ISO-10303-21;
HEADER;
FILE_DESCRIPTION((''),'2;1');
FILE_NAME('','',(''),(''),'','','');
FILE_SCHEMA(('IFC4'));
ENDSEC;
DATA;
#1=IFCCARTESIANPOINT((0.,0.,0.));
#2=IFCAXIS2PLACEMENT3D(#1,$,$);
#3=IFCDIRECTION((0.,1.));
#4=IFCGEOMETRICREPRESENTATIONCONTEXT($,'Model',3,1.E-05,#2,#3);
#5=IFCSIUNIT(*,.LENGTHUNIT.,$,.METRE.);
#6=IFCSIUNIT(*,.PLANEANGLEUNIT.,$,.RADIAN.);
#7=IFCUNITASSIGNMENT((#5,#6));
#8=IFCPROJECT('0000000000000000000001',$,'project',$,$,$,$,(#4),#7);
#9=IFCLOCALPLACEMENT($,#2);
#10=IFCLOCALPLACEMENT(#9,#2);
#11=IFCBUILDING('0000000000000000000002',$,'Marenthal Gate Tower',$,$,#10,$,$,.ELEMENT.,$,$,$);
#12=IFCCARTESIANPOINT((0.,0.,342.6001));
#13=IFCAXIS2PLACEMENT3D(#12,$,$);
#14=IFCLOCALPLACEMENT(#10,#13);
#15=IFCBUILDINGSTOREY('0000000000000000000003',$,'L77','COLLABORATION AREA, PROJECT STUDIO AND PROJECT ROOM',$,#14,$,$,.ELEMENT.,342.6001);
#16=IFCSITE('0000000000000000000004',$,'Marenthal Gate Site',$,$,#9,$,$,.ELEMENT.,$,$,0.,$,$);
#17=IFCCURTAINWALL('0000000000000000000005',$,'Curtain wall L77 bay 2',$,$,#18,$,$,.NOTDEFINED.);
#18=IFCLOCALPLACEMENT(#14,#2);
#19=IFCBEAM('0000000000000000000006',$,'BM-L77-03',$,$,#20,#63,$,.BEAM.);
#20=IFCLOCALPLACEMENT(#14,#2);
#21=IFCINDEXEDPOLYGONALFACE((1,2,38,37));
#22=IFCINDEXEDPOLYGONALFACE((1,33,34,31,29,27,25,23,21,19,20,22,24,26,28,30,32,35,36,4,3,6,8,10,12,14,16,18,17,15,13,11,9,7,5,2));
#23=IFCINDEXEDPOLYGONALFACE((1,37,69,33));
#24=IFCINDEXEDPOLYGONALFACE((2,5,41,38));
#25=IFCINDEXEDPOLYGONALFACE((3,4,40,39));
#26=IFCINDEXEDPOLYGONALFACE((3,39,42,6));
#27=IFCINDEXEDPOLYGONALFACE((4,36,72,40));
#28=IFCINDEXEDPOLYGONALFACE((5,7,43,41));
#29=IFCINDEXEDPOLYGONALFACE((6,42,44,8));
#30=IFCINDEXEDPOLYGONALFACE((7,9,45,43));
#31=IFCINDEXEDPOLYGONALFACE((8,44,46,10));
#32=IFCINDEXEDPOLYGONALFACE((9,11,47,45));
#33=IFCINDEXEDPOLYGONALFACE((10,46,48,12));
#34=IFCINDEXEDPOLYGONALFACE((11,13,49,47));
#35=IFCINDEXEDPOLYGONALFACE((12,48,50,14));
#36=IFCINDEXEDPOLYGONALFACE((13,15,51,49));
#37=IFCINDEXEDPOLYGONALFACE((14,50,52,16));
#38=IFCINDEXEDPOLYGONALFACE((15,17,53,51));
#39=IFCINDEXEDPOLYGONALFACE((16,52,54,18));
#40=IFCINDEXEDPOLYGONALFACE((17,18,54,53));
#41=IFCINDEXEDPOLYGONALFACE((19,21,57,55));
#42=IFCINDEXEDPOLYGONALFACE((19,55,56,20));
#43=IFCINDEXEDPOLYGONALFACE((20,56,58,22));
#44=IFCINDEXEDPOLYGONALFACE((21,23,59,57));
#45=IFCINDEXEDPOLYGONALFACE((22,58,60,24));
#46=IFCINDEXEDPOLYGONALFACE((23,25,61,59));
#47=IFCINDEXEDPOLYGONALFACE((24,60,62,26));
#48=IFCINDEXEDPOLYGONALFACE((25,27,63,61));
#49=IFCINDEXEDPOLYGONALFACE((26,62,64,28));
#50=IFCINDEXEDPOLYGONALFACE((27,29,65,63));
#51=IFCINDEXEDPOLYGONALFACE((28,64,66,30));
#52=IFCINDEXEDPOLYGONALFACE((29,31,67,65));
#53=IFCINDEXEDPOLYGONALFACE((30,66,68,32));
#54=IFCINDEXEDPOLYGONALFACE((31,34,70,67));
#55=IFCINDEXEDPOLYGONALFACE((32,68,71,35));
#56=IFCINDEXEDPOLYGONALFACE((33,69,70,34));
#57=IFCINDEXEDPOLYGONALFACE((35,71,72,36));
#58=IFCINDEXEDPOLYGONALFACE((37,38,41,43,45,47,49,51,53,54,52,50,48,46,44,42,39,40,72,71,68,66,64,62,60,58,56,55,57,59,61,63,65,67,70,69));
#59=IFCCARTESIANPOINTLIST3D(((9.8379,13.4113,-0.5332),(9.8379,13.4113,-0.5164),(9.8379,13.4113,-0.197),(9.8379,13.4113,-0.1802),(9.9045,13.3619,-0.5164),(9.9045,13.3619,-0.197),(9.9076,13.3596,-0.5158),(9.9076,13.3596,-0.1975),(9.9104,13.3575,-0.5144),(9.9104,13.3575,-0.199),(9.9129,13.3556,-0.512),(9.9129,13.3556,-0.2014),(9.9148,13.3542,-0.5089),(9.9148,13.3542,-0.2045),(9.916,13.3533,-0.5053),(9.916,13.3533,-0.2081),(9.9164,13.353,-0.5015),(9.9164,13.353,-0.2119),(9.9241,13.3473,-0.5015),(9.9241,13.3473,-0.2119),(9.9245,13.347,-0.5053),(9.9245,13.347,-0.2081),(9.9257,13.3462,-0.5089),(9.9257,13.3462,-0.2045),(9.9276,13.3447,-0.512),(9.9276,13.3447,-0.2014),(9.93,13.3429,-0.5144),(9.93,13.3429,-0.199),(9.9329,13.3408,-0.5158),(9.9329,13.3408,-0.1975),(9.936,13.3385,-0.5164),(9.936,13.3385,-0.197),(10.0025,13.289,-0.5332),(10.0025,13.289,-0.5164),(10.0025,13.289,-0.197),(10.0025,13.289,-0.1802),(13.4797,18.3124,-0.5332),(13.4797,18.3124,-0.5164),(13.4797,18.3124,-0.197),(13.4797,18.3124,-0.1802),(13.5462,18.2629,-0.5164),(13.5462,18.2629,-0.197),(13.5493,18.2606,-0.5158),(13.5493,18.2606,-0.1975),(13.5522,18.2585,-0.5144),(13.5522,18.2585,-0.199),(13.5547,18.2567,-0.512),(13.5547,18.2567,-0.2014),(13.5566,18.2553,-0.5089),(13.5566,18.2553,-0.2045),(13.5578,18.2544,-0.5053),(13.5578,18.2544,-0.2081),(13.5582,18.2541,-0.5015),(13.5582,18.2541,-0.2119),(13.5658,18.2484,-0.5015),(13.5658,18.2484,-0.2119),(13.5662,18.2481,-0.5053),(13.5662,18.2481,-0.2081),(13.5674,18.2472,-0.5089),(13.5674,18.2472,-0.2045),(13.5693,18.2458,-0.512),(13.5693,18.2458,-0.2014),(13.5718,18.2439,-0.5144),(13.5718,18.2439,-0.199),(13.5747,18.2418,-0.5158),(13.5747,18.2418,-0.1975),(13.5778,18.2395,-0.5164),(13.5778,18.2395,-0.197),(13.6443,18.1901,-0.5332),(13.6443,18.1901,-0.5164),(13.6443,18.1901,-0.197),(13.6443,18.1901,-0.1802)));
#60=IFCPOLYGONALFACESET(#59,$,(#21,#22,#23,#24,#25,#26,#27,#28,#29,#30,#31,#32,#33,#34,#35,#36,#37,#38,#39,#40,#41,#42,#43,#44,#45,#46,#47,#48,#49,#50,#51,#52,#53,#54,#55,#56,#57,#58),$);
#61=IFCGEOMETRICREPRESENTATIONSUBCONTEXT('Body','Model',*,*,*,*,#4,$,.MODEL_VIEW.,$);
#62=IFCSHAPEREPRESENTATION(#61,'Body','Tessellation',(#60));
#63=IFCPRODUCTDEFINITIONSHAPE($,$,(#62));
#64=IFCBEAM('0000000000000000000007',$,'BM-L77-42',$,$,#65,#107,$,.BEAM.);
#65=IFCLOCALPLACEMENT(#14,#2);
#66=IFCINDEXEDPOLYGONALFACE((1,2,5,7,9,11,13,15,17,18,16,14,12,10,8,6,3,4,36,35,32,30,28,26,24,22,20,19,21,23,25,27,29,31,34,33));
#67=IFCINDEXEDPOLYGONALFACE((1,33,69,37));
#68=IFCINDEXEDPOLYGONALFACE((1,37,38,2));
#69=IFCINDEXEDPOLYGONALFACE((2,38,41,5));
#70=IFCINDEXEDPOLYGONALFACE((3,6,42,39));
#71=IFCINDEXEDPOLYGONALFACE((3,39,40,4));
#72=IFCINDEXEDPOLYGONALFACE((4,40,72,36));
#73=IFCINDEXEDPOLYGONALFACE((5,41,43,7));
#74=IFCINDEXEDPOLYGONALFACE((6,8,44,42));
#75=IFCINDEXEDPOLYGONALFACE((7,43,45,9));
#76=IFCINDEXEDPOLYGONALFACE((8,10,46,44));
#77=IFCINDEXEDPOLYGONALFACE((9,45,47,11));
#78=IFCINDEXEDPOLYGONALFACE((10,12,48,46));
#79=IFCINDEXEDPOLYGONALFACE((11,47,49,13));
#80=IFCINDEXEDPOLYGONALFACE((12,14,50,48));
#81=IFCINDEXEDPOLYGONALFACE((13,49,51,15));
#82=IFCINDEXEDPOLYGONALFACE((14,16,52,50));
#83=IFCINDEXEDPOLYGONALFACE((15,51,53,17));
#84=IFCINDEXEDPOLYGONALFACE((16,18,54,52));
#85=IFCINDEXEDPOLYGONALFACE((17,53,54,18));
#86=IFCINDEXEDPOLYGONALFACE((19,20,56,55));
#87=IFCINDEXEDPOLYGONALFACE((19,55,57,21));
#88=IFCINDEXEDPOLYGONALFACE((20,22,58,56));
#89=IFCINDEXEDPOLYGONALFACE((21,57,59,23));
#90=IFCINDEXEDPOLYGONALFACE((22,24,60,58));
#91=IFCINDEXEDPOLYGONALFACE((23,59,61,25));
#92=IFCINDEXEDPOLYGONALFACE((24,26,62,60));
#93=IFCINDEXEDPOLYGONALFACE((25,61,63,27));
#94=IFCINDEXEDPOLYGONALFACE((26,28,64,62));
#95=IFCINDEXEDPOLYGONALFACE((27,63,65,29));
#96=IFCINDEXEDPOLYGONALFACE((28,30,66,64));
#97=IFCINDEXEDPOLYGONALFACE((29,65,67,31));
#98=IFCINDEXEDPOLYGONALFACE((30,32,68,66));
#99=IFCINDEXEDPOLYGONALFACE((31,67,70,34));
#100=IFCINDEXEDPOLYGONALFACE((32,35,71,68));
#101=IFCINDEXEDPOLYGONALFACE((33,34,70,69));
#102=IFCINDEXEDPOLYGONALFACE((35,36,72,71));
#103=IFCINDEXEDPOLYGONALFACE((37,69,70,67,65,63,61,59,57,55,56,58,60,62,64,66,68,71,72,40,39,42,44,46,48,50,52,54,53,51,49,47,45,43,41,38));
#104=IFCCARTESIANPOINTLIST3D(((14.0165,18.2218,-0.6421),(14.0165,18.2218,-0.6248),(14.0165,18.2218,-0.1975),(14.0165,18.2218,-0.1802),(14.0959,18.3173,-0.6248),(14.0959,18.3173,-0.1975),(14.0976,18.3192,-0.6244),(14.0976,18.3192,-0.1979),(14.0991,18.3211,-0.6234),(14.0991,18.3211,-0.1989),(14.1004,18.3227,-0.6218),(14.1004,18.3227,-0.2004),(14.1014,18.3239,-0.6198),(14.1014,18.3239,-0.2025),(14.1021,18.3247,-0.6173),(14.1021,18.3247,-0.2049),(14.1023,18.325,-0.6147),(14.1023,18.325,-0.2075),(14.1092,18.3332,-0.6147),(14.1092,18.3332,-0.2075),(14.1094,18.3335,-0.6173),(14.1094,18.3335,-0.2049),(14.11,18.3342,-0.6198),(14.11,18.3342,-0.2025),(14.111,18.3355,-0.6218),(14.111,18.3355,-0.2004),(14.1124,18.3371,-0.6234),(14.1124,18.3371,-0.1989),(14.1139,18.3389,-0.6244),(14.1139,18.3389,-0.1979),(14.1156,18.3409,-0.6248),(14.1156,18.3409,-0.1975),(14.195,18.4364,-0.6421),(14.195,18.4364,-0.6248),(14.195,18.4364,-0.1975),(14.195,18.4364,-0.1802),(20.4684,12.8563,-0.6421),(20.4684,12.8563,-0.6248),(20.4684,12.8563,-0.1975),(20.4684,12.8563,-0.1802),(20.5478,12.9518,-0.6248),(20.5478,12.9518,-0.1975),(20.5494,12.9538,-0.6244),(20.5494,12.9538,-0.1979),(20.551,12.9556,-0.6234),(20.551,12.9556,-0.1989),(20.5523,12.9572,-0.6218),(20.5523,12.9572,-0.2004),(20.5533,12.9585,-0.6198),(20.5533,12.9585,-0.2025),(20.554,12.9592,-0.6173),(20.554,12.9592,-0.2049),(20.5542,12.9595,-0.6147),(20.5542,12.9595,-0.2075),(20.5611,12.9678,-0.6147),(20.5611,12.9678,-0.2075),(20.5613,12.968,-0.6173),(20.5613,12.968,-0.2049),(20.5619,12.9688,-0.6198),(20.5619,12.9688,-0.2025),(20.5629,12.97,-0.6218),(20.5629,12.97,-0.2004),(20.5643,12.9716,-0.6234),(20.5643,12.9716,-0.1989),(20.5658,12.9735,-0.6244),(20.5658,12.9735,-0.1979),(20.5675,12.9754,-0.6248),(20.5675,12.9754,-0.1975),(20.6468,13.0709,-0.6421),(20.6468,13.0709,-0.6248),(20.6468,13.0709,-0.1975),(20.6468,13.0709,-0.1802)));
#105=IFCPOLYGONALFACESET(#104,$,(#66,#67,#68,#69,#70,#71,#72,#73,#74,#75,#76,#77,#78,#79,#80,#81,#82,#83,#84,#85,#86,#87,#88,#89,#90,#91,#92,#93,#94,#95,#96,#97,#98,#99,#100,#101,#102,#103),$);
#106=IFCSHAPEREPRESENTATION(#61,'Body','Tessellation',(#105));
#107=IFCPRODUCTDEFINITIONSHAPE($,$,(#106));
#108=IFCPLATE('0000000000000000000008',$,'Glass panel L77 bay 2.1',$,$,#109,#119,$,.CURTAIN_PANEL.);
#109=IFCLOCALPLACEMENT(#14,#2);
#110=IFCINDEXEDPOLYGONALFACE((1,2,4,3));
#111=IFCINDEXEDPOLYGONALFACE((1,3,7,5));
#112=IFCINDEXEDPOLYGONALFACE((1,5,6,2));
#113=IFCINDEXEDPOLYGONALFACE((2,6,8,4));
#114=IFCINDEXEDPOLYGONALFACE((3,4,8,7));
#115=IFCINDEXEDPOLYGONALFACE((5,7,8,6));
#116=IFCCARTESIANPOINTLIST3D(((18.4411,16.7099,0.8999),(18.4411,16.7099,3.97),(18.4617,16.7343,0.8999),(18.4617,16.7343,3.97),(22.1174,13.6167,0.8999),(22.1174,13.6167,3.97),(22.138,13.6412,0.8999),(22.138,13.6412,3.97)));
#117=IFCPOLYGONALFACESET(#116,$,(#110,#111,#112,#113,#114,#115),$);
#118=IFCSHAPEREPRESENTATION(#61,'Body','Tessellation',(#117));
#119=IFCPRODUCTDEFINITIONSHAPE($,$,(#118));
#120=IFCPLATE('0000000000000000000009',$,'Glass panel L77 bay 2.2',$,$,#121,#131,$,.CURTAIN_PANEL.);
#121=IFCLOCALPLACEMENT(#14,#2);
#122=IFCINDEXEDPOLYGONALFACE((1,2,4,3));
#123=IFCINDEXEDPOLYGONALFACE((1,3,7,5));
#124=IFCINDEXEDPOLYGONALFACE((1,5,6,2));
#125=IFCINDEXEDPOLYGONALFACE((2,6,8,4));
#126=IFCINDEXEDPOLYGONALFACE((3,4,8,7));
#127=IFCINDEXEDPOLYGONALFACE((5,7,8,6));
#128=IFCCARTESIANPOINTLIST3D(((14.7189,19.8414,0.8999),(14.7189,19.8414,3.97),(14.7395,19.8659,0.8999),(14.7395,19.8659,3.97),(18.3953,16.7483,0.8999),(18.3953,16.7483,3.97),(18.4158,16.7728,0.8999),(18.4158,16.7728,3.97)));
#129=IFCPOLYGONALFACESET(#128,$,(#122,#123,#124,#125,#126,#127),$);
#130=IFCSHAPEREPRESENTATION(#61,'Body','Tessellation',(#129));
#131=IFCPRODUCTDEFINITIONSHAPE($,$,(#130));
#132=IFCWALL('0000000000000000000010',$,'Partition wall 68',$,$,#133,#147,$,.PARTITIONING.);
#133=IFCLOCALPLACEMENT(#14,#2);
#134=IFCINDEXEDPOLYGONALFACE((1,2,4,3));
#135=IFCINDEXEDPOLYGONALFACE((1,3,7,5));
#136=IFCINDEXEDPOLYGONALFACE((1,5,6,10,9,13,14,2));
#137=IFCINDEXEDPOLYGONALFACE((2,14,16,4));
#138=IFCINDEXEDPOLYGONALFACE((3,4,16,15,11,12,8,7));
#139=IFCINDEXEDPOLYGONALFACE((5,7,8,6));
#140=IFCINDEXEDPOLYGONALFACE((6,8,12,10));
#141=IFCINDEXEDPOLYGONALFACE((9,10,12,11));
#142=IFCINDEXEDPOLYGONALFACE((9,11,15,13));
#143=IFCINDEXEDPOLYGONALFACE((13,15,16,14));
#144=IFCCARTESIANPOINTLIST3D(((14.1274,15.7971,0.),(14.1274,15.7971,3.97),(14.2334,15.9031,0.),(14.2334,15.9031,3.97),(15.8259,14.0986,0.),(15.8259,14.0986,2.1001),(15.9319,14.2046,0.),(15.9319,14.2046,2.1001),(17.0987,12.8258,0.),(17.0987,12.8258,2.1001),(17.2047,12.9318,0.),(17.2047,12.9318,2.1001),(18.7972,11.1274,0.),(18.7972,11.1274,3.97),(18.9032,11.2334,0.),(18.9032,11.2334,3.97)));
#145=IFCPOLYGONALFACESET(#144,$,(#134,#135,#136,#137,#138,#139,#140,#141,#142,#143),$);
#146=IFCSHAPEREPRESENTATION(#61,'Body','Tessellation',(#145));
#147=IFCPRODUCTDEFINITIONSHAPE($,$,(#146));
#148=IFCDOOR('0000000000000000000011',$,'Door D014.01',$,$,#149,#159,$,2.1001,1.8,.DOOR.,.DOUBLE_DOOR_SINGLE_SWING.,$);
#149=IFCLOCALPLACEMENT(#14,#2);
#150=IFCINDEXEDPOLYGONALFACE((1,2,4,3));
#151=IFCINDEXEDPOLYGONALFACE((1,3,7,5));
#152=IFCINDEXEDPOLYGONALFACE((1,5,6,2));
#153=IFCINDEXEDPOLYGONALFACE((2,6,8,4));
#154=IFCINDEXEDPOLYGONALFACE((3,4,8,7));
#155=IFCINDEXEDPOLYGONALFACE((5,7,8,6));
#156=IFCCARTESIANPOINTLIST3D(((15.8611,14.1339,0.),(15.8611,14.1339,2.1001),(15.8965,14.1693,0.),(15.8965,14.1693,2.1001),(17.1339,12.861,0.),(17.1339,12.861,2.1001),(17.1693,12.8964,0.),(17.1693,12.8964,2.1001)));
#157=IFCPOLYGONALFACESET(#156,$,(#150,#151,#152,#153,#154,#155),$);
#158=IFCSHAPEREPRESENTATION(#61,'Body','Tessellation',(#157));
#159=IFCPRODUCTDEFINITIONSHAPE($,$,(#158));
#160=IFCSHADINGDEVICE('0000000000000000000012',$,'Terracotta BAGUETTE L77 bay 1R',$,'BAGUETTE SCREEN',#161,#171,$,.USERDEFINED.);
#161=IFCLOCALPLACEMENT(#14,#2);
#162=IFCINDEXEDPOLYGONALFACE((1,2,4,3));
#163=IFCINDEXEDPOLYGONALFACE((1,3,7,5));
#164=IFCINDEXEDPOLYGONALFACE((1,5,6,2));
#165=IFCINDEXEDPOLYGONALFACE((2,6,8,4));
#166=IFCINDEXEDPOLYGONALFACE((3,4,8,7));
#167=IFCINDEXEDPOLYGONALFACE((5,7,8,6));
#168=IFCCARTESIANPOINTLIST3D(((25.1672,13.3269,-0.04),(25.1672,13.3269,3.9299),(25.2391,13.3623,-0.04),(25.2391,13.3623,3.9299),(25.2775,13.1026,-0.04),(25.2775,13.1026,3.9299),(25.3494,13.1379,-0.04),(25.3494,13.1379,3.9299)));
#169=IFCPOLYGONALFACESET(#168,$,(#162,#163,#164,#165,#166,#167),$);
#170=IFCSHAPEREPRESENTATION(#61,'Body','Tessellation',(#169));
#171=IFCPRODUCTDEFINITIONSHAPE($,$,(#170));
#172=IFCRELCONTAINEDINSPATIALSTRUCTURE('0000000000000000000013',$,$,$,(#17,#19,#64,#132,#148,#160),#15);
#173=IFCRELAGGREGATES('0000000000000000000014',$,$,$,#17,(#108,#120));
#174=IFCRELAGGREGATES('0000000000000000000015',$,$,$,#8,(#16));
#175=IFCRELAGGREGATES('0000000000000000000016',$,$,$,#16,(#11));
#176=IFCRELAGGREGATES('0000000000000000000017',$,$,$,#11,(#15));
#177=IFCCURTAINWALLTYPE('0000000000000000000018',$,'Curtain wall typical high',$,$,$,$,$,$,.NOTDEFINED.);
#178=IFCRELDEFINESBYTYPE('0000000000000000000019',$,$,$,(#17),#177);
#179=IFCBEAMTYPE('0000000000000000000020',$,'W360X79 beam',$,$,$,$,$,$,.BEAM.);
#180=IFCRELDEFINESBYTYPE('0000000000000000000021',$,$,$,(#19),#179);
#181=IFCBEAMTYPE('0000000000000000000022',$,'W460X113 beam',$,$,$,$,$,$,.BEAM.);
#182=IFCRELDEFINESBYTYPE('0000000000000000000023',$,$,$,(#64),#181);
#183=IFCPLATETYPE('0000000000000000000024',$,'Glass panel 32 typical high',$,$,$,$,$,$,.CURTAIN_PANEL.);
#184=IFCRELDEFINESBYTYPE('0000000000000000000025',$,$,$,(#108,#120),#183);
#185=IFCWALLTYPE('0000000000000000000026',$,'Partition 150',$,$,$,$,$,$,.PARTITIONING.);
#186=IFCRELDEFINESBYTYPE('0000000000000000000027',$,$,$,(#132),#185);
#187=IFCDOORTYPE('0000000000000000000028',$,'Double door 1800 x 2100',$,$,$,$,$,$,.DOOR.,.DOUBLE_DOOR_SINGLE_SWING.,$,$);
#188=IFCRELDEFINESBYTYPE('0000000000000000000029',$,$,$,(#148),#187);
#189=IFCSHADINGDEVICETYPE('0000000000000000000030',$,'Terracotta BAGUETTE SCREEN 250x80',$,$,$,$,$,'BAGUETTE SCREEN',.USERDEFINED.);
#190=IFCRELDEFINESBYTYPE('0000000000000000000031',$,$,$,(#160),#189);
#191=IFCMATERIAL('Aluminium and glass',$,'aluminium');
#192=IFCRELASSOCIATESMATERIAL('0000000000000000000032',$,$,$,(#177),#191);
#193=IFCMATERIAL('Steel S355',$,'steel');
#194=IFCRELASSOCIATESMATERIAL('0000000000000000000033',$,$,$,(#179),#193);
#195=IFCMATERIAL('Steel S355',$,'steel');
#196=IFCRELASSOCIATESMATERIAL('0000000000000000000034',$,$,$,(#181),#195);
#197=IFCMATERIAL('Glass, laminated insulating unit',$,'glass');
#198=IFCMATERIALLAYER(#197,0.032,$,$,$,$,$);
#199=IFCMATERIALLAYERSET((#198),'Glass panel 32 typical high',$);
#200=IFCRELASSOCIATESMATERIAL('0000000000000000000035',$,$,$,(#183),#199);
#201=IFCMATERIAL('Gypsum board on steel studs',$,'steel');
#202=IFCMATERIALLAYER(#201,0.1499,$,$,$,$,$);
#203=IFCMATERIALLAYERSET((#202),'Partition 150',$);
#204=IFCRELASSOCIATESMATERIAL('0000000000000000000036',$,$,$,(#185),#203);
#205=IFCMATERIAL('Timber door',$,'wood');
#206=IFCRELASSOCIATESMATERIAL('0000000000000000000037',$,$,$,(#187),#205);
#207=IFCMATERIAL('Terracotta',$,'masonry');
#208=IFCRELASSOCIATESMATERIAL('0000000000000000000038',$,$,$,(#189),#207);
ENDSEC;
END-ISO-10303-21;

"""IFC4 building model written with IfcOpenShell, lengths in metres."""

from ifc_helpers import new_model, si_unit, direction, frame, frame_2d, origin, origin_2d, place, context, subcontext, project, spatial, rectangle, i_section, extrude, material, layer, layer_set, material_profile, profile_set, type_object, element, fill, aggregate, save


model = new_model("IFC4")

# Units and contexts
model_context = context("Model", 3, precision=1e-05, world=origin(), true_north=direction((0.0, 1.0)))
body_context = subcontext(model_context, "Body", "Model", "MODEL_VIEW")
ifc_project = project(units=[si_unit("LENGTHUNIT", "METRE"), si_unit("PLANEANGLEUNIT", "RADIAN")], contexts=[model_context])

# Site, building, storey
site_placement = place(None, origin())
site = spatial("IfcSite", under=ifc_project, at=site_placement, Name="Marenthal Gate Site", CompositionType="ELEMENT", RefElevation=0.0)
building_placement = place(site_placement, origin())
building = spatial("IfcBuilding", under=site, at=building_placement, Name="Marenthal Gate Tower", CompositionType="ELEMENT")
storey_placement = place(building_placement, frame((0.0, 0.0, 342.6001)))
storey = spatial("IfcBuildingStorey", under=building, at=storey_placement, Name="L77", Description="COLLABORATION AREA, PROJECT STUDIO AND PROJECT ROOM", CompositionType="ELEMENT", Elevation=342.6001)

# Curtain wall
ifc_material_1 = material(Name="Aluminium and glass", Category="aluminium")
curtain_wall_type = type_object("IfcCurtainWallType", Name="Curtain wall typical high", PredefinedType="NOTDEFINED", material=ifc_material_1)
curtain_wall_placement = place(storey_placement, origin())
curtain_wall = element("IfcCurtainWall", 1, at=curtain_wall_placement, inside=storey, type_object=curtain_wall_type, Name="Curtain wall L77 bay 2", PredefinedType="NOTDEFINED")

# Beams
ifc_material_2 = material(Name="Steel S355", Category="steel")
ifc_material_profile_1 = material_profile(ifc_material_2, i_section(OverallWidth=0.2051, OverallDepth=0.353, WebThickness=0.0095, FlangeThickness=0.0168, FilletRadius=0.0149, at=origin_2d()), Name="W360X79")
ifc_profile_set_1 = profile_set([ifc_material_profile_1], Name="Steel S355")
beam_type_1 = type_object("IfcBeamType", Name="W360X79 beam", PredefinedType="BEAM", material=ifc_profile_set_1)
beam_1_placement = place(storey_placement, frame((13.562, 18.2512, -0.3567), z_axis=(-0.596431, -0.802665, 0.0), x_axis=(0.802665, -0.596431, 0.0)))
element("IfcBeam", 2, at=beam_1_placement, inside=storey, type_object=beam_type_1, Name="BM-L77-03", PredefinedType="BEAM", context=body_context, shape_type="SweptSolid", body=[
    extrude(i_section(OverallWidth=0.2051, OverallDepth=0.353, WebThickness=0.0095, FlangeThickness=0.0168, FilletRadius=0.0149, at=origin_2d()), origin(), (0.0, 0.0, 1.0), 6.106),
])
ifc_material_3 = material(Name="Steel S355", Category="steel")
ifc_material_profile_2 = material_profile(ifc_material_3, i_section(OverallWidth=0.2791, OverallDepth=0.4619, WebThickness=0.0107, FlangeThickness=0.0173, FilletRadius=0.01, at=origin_2d()), Name="W460X113")
ifc_profile_set_2 = profile_set([ifc_material_profile_2], Name="Steel S355")
beam_type_2 = type_object("IfcBeamType", Name="W460X113 beam", PredefinedType="BEAM", material=ifc_profile_set_2)
beam_2_placement = place(storey_placement, frame((20.5576, 12.9636, -0.4111), z_axis=(-0.768872, 0.639403, 0.0), x_axis=(-0.639403, -0.768872, 0.0)))
element("IfcBeam", 3, at=beam_2_placement, inside=storey, type_object=beam_type_2, Name="BM-L77-42", PredefinedType="BEAM", context=body_context, shape_type="SweptSolid", body=[
    extrude(i_section(OverallWidth=0.2791, OverallDepth=0.4619, WebThickness=0.0107, FlangeThickness=0.0173, FilletRadius=0.01, at=origin_2d()), origin(), (0.0, 0.0, 1.0), 8.3914),
])

# Plates
ifc_material_4 = material(Name="Glass, laminated insulating unit", Category="glass")
ifc_layer_1 = layer(ifc_material_4, 0.032)
ifc_layer_set_1 = layer_set([ifc_layer_1], Name="Glass panel 32 typical high")
plate_type = type_object("IfcPlateType", Name="Glass panel 32 typical high", PredefinedType="CURTAIN_PANEL", material=ifc_layer_set_1)
plate_1_placement = place(storey_placement, frame((20.2896, 15.1755, 0.8999), z_axis=(0.0, 0.0, 1.0), x_axis=(-0.765193, 0.643801, 0.0)))
plate_1 = element("IfcPlate", 4, at=plate_1_placement, type_object=plate_type, Name="Glass panel L77 bay 2.1", PredefinedType="CURTAIN_PANEL", context=body_context, shape_type="SweptSolid", body=[
    extrude(rectangle(XDim=4.8044, YDim=0.032, at=origin_2d()), origin(), (0.0, 0.0, 1.0), 3.0701),
])
plate_2_placement = place(storey_placement, frame((16.5674, 18.3071, 0.8999), z_axis=(0.0, 0.0, 1.0), x_axis=(-0.765193, 0.643801, 0.0)))
plate_2 = element("IfcPlate", 5, at=plate_2_placement, type_object=plate_type, Name="Glass panel L77 bay 2.2", PredefinedType="CURTAIN_PANEL", context=body_context, shape_type="SweptSolid", body=[
    extrude(rectangle(XDim=4.8044, YDim=0.032, at=origin_2d()), origin(), (0.0, 0.0, 1.0), 3.0701),
])
aggregate(curtain_wall, [plate_1, plate_2])

# Wall, opening, door
ifc_material_5 = material(Name="Gypsum board on steel studs", Category="steel")
ifc_layer_2 = layer(ifc_material_5, 0.1499)
ifc_layer_set_2 = layer_set([ifc_layer_2], Name="Partition 150")
wall_type_1 = type_object("IfcWallType", Name="Partition 150", PredefinedType="PARTITIONING", material=ifc_layer_set_2)
wall_1_placement = place(storey_placement, frame((14.1804, 15.8501, 0.0), z_axis=(0.0, 0.0, 1.0), x_axis=(0.707107, -0.707107, 0.0)))
wall_1 = element("IfcWall", 6, at=wall_1_placement, inside=storey, type_object=wall_type_1, Name="Partition wall 68", PredefinedType="PARTITIONING", context=body_context, shape_type="SweptSolid", body=[
    extrude(rectangle(XDim=6.604, YDim=0.1499, at=frame_2d((3.302, 0.0))), origin(), (0.0, 0.0, 1.0), 3.97),
])
opening_1_placement = place(wall_1_placement, frame((2.4021, 0.0, 0.0)))
opening_1 = element("IfcOpeningElement", 7, at=opening_1_placement, cuts=wall_1, PredefinedType="OPENING", context=body_context, shape_type="SweptSolid", body=[
    extrude(rectangle(XDim=1.8, YDim=2.1001, at=frame_2d((0.8999, 1.05))), frame((0.0, 0.085, 0.0), z_axis=(0.0, -1.0, 0.0), x_axis=(1.0, 0.0, 0.0)), (0.0, 0.0, 1.0), 0.1699),
])
ifc_material_6 = material(Name="Timber door", Category="wood")
door_type_1 = type_object("IfcDoorType", Name="Double door 1800 x 2100", OperationType="DOUBLE_DOOR_SINGLE_SWING", PredefinedType="DOOR", material=ifc_material_6)
door_1_placement = place(opening_1_placement, origin())
door_1 = element("IfcDoor", 8, at=door_1_placement, inside=storey, type_object=door_type_1, Name="Door D014.01", OperationType="DOUBLE_DOOR_SINGLE_SWING", OverallHeight=2.1001, OverallWidth=1.8, PredefinedType="DOOR", context=body_context, shape_type="SweptSolid", body=[
    extrude(rectangle(XDim=1.8, YDim=2.1001, at=frame_2d((0.8999, 1.05))), frame((0.0, 0.0249, 0.0), z_axis=(0.0, -1.0, 0.0), x_axis=(1.0, 0.0, 0.0)), (0.0, 0.0, 1.0), 0.05),
])
fill(opening_1, door_1)

# Shading device
ifc_material_7 = material(Name="Terracotta", Category="masonry")
ifc_material_profile_3 = material_profile(ifc_material_7, rectangle(XDim=0.25, YDim=0.0801, at=origin_2d()), Name="Terracotta baguette 250x80")
ifc_profile_set_3 = profile_set([ifc_material_profile_3], Name="Terracotta")
shading_device_type = type_object("IfcShadingDeviceType", Name="Terracotta BAGUETTE SCREEN 250x80", ElementType="BAGUETTE SCREEN", PredefinedType="USERDEFINED", material=ifc_profile_set_3)
shading_device_placement = place(storey_placement, frame((25.2583, 13.2324, -0.04), z_axis=(0.0, 0.0, 1.0), x_axis=(-0.441298, 0.897361, 0.0)))
element("IfcShadingDevice", 9, at=shading_device_placement, inside=storey, type_object=shading_device_type, Name="Terracotta BAGUETTE L77 bay 1R", ObjectType="BAGUETTE SCREEN", PredefinedType="USERDEFINED", context=body_context, shape_type="SweptSolid", body=[
    extrude(rectangle(XDim=0.25, YDim=0.0801, at=origin_2d()), origin(), (0.0, 0.0, 1.0), 3.97),
])

save(model, "model.ifc")
